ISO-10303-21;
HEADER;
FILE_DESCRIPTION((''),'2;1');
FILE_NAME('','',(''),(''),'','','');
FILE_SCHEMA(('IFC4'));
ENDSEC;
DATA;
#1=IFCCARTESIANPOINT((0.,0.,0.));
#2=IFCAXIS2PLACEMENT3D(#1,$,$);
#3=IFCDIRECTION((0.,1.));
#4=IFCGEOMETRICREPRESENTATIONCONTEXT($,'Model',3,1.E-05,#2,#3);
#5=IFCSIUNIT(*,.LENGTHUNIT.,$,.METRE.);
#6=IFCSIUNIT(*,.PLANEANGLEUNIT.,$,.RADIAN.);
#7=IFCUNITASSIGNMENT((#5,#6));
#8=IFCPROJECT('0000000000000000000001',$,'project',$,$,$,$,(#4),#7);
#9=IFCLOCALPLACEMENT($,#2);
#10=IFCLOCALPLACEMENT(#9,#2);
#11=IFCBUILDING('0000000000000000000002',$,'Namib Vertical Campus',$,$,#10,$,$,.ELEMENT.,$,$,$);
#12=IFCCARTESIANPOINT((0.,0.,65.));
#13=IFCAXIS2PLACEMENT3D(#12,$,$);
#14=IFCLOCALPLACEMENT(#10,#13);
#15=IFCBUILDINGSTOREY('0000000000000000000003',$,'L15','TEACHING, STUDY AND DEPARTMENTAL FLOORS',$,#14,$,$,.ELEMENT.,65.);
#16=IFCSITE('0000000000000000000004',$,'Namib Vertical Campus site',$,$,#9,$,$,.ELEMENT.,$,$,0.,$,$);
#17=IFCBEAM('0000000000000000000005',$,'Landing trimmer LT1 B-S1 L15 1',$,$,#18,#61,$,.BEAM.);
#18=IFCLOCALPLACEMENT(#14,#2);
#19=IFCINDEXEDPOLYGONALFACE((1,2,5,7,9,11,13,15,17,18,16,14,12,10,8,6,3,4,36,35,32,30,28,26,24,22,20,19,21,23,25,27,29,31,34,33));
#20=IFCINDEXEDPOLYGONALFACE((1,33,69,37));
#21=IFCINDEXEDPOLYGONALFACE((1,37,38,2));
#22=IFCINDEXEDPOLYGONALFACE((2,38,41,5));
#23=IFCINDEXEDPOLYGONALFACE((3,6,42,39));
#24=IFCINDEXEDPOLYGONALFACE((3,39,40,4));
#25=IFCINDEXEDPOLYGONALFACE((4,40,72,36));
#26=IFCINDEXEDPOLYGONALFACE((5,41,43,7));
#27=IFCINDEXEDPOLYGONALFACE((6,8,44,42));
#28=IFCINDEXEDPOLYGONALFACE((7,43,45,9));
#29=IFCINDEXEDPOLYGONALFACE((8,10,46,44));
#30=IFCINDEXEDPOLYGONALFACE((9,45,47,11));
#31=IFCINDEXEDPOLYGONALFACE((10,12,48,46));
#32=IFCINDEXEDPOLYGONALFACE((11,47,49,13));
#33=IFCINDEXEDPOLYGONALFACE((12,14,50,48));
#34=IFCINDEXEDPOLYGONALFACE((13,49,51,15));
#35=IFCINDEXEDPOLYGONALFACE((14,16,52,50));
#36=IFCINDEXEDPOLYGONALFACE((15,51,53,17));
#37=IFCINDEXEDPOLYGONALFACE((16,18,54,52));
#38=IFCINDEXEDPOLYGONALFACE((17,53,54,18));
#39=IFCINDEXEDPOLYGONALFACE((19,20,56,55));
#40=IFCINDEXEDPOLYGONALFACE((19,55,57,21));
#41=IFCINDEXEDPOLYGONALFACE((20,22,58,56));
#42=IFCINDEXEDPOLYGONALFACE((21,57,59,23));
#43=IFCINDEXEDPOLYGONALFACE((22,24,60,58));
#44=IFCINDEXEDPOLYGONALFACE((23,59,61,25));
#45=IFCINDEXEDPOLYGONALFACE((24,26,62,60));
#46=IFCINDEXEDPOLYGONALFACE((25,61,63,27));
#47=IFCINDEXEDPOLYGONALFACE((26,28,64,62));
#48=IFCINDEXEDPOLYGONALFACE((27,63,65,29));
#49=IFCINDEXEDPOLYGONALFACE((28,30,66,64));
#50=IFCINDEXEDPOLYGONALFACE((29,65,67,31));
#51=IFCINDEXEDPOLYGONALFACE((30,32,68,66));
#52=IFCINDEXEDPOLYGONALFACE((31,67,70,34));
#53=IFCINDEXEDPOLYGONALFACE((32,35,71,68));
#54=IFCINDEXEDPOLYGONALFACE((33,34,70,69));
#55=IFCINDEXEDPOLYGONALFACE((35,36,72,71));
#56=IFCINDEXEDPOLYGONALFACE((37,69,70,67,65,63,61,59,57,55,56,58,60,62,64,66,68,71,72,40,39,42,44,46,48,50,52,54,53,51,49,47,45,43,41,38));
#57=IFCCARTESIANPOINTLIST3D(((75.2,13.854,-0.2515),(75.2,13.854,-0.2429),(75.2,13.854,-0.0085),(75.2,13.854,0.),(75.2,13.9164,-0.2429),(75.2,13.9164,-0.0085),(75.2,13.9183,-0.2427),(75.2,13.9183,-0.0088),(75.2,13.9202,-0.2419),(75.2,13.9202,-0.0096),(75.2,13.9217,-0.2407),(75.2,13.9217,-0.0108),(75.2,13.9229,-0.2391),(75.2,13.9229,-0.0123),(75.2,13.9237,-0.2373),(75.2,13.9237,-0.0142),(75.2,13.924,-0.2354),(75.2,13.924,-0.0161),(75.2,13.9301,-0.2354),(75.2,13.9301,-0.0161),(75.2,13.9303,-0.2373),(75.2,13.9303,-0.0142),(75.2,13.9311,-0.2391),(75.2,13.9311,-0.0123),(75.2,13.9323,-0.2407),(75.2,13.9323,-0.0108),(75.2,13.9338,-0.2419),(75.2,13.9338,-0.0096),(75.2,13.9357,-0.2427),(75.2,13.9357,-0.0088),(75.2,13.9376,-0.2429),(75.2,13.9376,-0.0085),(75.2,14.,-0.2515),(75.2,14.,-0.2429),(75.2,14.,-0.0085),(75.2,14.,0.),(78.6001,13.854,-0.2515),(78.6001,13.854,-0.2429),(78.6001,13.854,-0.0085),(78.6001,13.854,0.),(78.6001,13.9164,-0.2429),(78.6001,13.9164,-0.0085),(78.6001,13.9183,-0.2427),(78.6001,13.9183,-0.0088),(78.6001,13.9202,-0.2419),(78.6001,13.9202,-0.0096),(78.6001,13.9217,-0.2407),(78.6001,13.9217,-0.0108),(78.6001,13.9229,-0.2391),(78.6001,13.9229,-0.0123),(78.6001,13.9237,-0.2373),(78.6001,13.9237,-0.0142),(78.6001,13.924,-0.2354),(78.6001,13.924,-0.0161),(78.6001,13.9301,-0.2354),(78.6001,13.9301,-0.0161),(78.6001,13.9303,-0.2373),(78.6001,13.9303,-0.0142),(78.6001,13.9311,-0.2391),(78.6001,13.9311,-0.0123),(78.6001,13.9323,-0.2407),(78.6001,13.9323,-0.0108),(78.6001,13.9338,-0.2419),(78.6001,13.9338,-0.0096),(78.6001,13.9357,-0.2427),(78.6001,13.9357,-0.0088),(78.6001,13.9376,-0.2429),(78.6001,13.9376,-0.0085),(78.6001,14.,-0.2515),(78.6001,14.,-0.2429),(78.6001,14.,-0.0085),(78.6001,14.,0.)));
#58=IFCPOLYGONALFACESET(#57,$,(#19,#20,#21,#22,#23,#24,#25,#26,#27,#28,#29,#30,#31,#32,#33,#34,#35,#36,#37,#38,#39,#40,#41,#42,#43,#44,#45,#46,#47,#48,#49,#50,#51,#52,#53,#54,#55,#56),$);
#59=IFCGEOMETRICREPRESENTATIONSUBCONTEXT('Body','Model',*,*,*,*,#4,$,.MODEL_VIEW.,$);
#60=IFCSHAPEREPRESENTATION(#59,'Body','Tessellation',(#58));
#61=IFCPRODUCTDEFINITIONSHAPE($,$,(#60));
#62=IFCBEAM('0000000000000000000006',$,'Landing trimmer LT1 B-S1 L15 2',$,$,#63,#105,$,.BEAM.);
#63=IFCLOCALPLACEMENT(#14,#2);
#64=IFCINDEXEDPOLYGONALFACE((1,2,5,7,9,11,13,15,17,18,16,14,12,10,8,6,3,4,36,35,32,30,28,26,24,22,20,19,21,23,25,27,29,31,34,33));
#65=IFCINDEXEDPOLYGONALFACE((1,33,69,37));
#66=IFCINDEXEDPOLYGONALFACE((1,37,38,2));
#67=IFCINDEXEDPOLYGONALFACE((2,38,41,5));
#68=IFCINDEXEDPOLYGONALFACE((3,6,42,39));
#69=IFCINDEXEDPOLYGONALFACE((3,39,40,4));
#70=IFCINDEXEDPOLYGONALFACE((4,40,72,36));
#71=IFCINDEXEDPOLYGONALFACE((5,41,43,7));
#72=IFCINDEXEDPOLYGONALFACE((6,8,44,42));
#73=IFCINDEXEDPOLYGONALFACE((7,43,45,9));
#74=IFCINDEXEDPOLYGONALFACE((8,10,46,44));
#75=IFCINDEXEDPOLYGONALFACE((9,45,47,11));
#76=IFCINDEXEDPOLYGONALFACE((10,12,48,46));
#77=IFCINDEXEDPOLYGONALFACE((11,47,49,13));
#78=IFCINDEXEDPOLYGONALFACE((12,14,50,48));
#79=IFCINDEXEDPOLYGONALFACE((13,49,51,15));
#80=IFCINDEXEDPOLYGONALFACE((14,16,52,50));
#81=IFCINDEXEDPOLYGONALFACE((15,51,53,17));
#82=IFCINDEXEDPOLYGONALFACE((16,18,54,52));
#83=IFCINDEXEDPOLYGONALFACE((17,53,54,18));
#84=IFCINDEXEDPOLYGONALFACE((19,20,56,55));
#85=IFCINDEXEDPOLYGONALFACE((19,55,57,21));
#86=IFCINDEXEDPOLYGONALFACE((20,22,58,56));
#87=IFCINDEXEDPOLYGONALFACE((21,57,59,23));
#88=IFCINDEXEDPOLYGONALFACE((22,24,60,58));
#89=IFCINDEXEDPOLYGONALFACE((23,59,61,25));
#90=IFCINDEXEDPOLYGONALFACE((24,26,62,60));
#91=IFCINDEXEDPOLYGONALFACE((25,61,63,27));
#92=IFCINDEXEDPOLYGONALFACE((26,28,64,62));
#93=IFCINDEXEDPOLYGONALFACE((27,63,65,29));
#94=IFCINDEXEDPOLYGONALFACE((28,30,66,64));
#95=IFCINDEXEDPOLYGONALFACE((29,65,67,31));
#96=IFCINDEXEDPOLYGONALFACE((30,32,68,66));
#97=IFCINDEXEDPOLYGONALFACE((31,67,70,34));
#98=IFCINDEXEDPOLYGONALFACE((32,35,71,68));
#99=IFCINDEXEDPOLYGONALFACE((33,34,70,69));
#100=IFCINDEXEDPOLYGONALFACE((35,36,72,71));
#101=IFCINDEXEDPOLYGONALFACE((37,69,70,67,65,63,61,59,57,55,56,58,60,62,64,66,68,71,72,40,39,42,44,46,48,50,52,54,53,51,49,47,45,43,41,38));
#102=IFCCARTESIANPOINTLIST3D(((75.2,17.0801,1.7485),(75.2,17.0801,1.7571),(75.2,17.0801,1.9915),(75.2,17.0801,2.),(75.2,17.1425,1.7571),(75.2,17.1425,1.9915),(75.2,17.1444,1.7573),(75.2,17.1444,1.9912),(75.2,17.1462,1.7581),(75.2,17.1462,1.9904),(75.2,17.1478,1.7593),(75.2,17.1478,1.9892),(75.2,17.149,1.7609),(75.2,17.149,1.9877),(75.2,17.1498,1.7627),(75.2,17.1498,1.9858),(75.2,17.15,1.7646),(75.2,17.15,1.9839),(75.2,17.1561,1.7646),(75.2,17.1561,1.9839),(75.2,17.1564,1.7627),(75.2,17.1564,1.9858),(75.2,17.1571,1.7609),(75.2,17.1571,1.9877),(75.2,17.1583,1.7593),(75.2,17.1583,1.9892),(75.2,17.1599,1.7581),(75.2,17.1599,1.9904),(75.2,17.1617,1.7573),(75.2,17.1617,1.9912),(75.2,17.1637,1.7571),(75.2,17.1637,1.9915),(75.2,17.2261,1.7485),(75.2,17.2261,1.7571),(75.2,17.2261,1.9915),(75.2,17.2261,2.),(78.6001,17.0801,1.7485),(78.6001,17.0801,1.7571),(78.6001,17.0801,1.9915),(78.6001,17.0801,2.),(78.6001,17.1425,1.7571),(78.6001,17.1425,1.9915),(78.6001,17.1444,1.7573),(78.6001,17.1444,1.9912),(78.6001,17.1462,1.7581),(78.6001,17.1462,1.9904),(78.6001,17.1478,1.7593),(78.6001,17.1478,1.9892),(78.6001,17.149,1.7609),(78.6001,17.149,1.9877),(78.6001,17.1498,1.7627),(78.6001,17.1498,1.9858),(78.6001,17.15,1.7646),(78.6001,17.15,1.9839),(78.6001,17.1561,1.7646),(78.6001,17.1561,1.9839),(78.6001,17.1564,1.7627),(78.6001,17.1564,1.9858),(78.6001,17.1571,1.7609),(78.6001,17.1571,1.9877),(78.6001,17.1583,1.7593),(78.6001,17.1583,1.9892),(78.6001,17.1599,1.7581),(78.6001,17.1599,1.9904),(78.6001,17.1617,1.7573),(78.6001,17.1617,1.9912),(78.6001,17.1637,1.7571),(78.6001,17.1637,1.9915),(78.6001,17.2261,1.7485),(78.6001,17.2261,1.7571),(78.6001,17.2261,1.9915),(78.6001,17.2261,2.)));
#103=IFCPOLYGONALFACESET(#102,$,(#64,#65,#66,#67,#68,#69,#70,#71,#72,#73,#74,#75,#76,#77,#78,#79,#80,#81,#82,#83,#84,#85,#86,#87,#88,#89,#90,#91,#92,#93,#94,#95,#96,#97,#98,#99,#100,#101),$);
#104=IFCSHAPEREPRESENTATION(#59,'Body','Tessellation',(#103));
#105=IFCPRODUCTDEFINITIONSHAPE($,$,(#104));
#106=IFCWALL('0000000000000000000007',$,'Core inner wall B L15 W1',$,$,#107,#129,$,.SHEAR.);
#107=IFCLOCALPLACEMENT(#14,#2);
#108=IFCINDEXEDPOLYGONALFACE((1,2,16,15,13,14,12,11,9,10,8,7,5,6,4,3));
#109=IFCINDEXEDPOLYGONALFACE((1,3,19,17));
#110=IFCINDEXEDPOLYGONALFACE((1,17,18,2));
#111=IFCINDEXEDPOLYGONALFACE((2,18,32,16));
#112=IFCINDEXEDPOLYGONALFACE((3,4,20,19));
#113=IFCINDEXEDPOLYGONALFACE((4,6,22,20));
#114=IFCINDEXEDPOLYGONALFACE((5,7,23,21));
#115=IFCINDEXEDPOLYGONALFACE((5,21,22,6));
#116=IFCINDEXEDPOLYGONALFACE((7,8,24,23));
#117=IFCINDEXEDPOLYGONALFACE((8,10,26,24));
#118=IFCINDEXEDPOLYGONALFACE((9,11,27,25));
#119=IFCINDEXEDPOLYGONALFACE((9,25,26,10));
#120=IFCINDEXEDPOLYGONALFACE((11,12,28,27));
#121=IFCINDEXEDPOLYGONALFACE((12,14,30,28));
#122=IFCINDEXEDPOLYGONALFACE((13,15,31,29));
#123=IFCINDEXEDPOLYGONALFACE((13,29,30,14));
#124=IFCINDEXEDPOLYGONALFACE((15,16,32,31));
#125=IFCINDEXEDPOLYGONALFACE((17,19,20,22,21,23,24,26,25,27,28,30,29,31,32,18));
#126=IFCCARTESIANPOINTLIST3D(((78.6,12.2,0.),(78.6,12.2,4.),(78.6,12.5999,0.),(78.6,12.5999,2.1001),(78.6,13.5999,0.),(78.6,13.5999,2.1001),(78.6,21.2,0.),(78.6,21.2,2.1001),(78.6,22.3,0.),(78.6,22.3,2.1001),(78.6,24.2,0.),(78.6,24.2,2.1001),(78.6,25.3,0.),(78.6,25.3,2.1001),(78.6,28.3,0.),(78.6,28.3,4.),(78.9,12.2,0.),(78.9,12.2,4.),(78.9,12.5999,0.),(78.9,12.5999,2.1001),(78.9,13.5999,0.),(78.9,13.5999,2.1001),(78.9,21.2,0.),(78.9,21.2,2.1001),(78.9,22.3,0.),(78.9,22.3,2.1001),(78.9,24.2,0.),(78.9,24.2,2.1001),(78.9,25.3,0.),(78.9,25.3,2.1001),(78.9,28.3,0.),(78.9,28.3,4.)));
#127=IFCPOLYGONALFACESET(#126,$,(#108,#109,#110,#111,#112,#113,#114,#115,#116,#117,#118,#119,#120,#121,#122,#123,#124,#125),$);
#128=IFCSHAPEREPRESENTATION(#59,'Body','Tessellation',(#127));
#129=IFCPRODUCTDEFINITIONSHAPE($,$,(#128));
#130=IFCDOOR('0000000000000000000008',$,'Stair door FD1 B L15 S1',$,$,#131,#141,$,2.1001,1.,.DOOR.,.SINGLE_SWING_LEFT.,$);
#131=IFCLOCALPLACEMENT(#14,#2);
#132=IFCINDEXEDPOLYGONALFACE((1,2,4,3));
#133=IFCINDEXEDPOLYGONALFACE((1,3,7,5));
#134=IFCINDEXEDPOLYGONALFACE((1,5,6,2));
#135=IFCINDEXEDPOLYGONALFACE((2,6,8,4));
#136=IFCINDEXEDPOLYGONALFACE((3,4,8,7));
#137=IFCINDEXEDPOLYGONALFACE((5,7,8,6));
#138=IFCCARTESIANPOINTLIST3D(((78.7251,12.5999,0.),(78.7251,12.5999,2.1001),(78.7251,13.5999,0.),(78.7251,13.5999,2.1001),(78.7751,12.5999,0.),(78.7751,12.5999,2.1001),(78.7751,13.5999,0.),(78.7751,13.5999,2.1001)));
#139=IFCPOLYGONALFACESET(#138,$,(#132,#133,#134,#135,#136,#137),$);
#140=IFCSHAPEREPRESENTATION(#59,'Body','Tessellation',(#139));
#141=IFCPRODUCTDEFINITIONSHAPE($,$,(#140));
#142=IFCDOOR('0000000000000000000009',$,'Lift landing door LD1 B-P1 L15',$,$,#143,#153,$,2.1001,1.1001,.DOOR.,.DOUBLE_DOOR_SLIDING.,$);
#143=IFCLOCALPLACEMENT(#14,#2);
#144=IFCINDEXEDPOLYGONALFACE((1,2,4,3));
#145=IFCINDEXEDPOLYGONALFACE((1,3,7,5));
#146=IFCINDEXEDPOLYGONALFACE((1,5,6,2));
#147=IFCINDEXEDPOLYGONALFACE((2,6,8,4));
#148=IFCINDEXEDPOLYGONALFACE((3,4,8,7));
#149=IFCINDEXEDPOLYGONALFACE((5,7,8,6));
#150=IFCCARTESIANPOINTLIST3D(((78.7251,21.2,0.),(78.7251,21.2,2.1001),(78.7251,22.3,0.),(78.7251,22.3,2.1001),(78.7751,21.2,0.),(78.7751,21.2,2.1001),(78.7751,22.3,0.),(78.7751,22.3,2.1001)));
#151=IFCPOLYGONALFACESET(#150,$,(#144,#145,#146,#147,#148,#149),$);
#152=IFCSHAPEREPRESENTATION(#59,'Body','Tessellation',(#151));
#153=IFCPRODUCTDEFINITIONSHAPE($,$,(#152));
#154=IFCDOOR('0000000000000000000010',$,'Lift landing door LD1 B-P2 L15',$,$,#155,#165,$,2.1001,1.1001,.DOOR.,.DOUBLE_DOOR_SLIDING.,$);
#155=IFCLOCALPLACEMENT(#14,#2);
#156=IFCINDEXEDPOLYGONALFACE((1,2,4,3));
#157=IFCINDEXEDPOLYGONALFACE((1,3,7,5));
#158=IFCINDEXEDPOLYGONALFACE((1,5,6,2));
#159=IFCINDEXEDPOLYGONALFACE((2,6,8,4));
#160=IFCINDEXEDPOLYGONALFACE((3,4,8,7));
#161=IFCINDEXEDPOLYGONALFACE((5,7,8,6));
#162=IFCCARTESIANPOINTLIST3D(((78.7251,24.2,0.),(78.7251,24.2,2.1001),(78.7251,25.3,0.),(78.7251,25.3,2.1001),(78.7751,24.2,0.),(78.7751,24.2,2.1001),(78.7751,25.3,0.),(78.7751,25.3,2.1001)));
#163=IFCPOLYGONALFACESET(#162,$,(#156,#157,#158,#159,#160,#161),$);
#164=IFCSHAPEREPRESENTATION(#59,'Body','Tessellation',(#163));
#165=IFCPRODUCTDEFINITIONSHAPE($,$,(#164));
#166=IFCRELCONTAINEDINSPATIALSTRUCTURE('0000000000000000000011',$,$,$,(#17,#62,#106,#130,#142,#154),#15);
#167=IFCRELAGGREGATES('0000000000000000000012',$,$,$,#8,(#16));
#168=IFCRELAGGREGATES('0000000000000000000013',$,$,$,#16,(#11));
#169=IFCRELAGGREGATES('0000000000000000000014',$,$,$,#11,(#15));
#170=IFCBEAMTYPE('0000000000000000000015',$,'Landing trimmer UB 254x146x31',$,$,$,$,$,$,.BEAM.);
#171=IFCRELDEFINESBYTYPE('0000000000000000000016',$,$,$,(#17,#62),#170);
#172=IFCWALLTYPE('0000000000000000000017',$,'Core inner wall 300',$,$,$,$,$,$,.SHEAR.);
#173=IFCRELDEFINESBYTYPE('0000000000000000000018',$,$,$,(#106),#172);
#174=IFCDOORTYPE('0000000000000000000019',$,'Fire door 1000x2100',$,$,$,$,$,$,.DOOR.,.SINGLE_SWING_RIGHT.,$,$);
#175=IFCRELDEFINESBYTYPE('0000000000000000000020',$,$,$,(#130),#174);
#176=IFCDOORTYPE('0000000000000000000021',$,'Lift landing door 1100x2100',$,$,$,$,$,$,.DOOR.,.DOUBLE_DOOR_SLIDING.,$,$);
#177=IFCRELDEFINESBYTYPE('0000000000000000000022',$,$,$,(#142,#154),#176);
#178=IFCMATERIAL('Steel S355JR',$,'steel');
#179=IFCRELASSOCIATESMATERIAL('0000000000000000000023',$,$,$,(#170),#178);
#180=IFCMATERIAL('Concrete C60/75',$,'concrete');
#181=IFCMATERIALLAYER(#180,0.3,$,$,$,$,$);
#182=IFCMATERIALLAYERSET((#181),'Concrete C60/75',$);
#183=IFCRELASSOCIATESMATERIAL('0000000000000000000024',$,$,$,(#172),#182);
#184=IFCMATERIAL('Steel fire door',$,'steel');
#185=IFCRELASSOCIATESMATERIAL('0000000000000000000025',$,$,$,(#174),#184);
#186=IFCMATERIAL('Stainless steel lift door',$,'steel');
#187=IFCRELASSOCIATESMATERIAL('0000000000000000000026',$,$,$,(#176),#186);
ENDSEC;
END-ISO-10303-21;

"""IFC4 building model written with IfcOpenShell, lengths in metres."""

from ifc_helpers import new_model, si_unit, direction, frame, frame_2d, origin, origin_2d, place, context, subcontext, project, spatial, rectangle, i_section, extrude, material, layer, layer_set, material_profile, profile_set, type_object, element, fill, save


model = new_model("IFC4")

# Units and contexts
model_context = context("Model", 3, precision=1e-05, world=origin(), true_north=direction((0.0, 1.0)))
body_context = subcontext(model_context, "Body", "Model", "MODEL_VIEW")
ifc_project = project(units=[si_unit("LENGTHUNIT", "METRE"), si_unit("PLANEANGLEUNIT", "RADIAN")], contexts=[model_context])

# Site, building, storey
site_placement = place(None, origin())
site = spatial("IfcSite", under=ifc_project, at=site_placement, Name="Namib Vertical Campus site", CompositionType="ELEMENT", RefElevation=0.0)
building_placement = place(site_placement, origin())
building = spatial("IfcBuilding", under=site, at=building_placement, Name="Namib Vertical Campus", CompositionType="ELEMENT")
storey_placement = place(building_placement, frame((0.0, 0.0, 65.0)))
storey = spatial("IfcBuildingStorey", under=building, at=storey_placement, Name="L15", Description="TEACHING, STUDY AND DEPARTMENTAL FLOORS", CompositionType="ELEMENT", Elevation=65.0)

# Beams
ifc_material_1 = material(Name="Steel S355JR", Category="steel")
ifc_material_profile = material_profile(ifc_material_1, i_section(OverallWidth=0.146, OverallDepth=0.2515, WebThickness=0.0061, FlangeThickness=0.0085, FilletRadius=0.0076, at=origin_2d()))
ifc_profile_set = profile_set([ifc_material_profile], Name="Steel S355JR")
beam_type = type_object("IfcBeamType", Name="Landing trimmer UB 254x146x31", PredefinedType="BEAM", material=ifc_profile_set)
for number, where, z_axis, x_axis, name in (
    (1, (75.2, 13.927, -0.1257), (1.0, 0.0, 0.0), (0.0, 1.0, 0.0), "Landing trimmer LT1 B-S1 L15 1"),
    (2, (75.2, 17.1531, 1.8743), (1.0, 0.0, 0.0), (0.0, 1.0, 0.0), "Landing trimmer LT1 B-S1 L15 2"),
):
    element("IfcBeam", number, at=place(storey_placement, frame(where, z_axis=z_axis, x_axis=x_axis)), inside=storey, type_object=beam_type, Name=name, PredefinedType="BEAM", context=body_context, shape_type="SweptSolid", body=[
        extrude(i_section(OverallWidth=0.146, OverallDepth=0.2515, WebThickness=0.0061, FlangeThickness=0.0085, FilletRadius=0.0076, at=origin_2d()), origin(), (0.0, 0.0, 1.0), 3.4001),
    ])

# Wall, openings, doors
ifc_material_2 = material(Name="Concrete C60/75", Category="concrete")
ifc_layer = layer(ifc_material_2, 0.3)
ifc_layer_set = layer_set([ifc_layer], Name="Concrete C60/75")
wall_type = type_object("IfcWallType", Name="Core inner wall 300", PredefinedType="SHEAR", material=ifc_layer_set)
wall_1_placement = place(storey_placement, frame((78.75, 12.2, 0.0), z_axis=(0.0, 0.0, 1.0), x_axis=(0.0, 1.0, 0.0)))
wall_1 = element("IfcWall", 3, at=wall_1_placement, inside=storey, type_object=wall_type, Name="Core inner wall B L15 W1", PredefinedType="SHEAR", context=body_context, shape_type="SweptSolid", body=[
    extrude(rectangle(XDim=16.1001, YDim=0.3, at=frame_2d((8.05, 0.0))), origin(), (0.0, 0.0, 1.0), 4.0),
])
opening_1_placement = place(wall_1_placement, frame((0.3999, 0.0, 0.0)))
opening_1 = element("IfcOpeningElement", 4, at=opening_1_placement, cuts=wall_1, PredefinedType="OPENING", context=body_context, shape_type="SweptSolid", body=[
    extrude(rectangle(XDim=1.0, YDim=2.1001, at=frame_2d((0.5, 1.05))), frame((0.0, 0.1599, 0.0), z_axis=(0.0, -1.0, 0.0), x_axis=(1.0, 0.0, 0.0)), (0.0, 0.0, 1.0), 0.3201),
])
opening_2_placement = place(wall_1_placement, frame((9.0, 0.0, 0.0)))
opening_2 = element("IfcOpeningElement", 5, at=opening_2_placement, cuts=wall_1, PredefinedType="OPENING", context=body_context, shape_type="SweptSolid", body=[
    extrude(rectangle(XDim=1.1001, YDim=2.1001, at=frame_2d((0.55, 1.05))), frame((0.0, 0.1599, 0.0), z_axis=(0.0, -1.0, 0.0), x_axis=(1.0, 0.0, 0.0)), (0.0, 0.0, 1.0), 0.3201),
])
opening_3_placement = place(wall_1_placement, frame((12.0, 0.0, 0.0)))
opening_3 = element("IfcOpeningElement", 6, at=opening_3_placement, cuts=wall_1, PredefinedType="OPENING", context=body_context, shape_type="SweptSolid", body=[
    extrude(rectangle(XDim=1.1001, YDim=2.1001, at=frame_2d((0.55, 1.05))), frame((0.0, 0.1599, 0.0), z_axis=(0.0, -1.0, 0.0), x_axis=(1.0, 0.0, 0.0)), (0.0, 0.0, 1.0), 0.3201),
])
ifc_material_3 = material(Name="Steel fire door", Category="steel")
door_type_1 = type_object("IfcDoorType", Name="Fire door 1000x2100", OperationType="SINGLE_SWING_RIGHT", PredefinedType="DOOR", material=ifc_material_3)
door_1_placement = place(opening_1_placement, origin())
door_1 = element("IfcDoor", 7, at=door_1_placement, inside=storey, type_object=door_type_1, Name="Stair door FD1 B L15 S1", OperationType="SINGLE_SWING_LEFT", OverallHeight=2.1001, OverallWidth=1.0, PredefinedType="DOOR", context=body_context, shape_type="SweptSolid", body=[
    extrude(rectangle(XDim=1.0, YDim=2.1001, at=frame_2d((0.5, 1.05))), frame((0.0, 0.0249, 0.0), z_axis=(0.0, -1.0, 0.0), x_axis=(1.0, 0.0, 0.0)), (0.0, 0.0, 1.0), 0.05),
])
fill(opening_1, door_1)
ifc_material_4 = material(Name="Stainless steel lift door", Category="steel")
door_type_2 = type_object("IfcDoorType", Name="Lift landing door 1100x2100", OperationType="DOUBLE_DOOR_SLIDING", PredefinedType="DOOR", material=ifc_material_4)
door_2_placement = place(opening_2_placement, origin())
door_2 = element("IfcDoor", 8, at=door_2_placement, inside=storey, type_object=door_type_2, Name="Lift landing door LD1 B-P1 L15", OperationType="DOUBLE_DOOR_SLIDING", OverallHeight=2.1001, OverallWidth=1.1001, PredefinedType="DOOR", context=body_context, shape_type="SweptSolid", body=[
    extrude(rectangle(XDim=1.1001, YDim=2.1001, at=frame_2d((0.55, 1.05))), frame((0.0, 0.0249, 0.0), z_axis=(0.0, -1.0, 0.0), x_axis=(1.0, 0.0, 0.0)), (0.0, 0.0, 1.0), 0.05),
])
fill(opening_2, door_2)
door_3_placement = place(opening_3_placement, origin())
door_3 = element("IfcDoor", 9, at=door_3_placement, inside=storey, type_object=door_type_2, Name="Lift landing door LD1 B-P2 L15", OperationType="DOUBLE_DOOR_SLIDING", OverallHeight=2.1001, OverallWidth=1.1001, PredefinedType="DOOR", context=body_context, shape_type="SweptSolid", body=[
    extrude(rectangle(XDim=1.1001, YDim=2.1001, at=frame_2d((0.55, 1.05))), frame((0.0, 0.0249, 0.0), z_axis=(0.0, -1.0, 0.0), x_axis=(1.0, 0.0, 0.0)), (0.0, 0.0, 1.0), 0.05),
])
fill(opening_3, door_3)

save(model, "model.ifc")
